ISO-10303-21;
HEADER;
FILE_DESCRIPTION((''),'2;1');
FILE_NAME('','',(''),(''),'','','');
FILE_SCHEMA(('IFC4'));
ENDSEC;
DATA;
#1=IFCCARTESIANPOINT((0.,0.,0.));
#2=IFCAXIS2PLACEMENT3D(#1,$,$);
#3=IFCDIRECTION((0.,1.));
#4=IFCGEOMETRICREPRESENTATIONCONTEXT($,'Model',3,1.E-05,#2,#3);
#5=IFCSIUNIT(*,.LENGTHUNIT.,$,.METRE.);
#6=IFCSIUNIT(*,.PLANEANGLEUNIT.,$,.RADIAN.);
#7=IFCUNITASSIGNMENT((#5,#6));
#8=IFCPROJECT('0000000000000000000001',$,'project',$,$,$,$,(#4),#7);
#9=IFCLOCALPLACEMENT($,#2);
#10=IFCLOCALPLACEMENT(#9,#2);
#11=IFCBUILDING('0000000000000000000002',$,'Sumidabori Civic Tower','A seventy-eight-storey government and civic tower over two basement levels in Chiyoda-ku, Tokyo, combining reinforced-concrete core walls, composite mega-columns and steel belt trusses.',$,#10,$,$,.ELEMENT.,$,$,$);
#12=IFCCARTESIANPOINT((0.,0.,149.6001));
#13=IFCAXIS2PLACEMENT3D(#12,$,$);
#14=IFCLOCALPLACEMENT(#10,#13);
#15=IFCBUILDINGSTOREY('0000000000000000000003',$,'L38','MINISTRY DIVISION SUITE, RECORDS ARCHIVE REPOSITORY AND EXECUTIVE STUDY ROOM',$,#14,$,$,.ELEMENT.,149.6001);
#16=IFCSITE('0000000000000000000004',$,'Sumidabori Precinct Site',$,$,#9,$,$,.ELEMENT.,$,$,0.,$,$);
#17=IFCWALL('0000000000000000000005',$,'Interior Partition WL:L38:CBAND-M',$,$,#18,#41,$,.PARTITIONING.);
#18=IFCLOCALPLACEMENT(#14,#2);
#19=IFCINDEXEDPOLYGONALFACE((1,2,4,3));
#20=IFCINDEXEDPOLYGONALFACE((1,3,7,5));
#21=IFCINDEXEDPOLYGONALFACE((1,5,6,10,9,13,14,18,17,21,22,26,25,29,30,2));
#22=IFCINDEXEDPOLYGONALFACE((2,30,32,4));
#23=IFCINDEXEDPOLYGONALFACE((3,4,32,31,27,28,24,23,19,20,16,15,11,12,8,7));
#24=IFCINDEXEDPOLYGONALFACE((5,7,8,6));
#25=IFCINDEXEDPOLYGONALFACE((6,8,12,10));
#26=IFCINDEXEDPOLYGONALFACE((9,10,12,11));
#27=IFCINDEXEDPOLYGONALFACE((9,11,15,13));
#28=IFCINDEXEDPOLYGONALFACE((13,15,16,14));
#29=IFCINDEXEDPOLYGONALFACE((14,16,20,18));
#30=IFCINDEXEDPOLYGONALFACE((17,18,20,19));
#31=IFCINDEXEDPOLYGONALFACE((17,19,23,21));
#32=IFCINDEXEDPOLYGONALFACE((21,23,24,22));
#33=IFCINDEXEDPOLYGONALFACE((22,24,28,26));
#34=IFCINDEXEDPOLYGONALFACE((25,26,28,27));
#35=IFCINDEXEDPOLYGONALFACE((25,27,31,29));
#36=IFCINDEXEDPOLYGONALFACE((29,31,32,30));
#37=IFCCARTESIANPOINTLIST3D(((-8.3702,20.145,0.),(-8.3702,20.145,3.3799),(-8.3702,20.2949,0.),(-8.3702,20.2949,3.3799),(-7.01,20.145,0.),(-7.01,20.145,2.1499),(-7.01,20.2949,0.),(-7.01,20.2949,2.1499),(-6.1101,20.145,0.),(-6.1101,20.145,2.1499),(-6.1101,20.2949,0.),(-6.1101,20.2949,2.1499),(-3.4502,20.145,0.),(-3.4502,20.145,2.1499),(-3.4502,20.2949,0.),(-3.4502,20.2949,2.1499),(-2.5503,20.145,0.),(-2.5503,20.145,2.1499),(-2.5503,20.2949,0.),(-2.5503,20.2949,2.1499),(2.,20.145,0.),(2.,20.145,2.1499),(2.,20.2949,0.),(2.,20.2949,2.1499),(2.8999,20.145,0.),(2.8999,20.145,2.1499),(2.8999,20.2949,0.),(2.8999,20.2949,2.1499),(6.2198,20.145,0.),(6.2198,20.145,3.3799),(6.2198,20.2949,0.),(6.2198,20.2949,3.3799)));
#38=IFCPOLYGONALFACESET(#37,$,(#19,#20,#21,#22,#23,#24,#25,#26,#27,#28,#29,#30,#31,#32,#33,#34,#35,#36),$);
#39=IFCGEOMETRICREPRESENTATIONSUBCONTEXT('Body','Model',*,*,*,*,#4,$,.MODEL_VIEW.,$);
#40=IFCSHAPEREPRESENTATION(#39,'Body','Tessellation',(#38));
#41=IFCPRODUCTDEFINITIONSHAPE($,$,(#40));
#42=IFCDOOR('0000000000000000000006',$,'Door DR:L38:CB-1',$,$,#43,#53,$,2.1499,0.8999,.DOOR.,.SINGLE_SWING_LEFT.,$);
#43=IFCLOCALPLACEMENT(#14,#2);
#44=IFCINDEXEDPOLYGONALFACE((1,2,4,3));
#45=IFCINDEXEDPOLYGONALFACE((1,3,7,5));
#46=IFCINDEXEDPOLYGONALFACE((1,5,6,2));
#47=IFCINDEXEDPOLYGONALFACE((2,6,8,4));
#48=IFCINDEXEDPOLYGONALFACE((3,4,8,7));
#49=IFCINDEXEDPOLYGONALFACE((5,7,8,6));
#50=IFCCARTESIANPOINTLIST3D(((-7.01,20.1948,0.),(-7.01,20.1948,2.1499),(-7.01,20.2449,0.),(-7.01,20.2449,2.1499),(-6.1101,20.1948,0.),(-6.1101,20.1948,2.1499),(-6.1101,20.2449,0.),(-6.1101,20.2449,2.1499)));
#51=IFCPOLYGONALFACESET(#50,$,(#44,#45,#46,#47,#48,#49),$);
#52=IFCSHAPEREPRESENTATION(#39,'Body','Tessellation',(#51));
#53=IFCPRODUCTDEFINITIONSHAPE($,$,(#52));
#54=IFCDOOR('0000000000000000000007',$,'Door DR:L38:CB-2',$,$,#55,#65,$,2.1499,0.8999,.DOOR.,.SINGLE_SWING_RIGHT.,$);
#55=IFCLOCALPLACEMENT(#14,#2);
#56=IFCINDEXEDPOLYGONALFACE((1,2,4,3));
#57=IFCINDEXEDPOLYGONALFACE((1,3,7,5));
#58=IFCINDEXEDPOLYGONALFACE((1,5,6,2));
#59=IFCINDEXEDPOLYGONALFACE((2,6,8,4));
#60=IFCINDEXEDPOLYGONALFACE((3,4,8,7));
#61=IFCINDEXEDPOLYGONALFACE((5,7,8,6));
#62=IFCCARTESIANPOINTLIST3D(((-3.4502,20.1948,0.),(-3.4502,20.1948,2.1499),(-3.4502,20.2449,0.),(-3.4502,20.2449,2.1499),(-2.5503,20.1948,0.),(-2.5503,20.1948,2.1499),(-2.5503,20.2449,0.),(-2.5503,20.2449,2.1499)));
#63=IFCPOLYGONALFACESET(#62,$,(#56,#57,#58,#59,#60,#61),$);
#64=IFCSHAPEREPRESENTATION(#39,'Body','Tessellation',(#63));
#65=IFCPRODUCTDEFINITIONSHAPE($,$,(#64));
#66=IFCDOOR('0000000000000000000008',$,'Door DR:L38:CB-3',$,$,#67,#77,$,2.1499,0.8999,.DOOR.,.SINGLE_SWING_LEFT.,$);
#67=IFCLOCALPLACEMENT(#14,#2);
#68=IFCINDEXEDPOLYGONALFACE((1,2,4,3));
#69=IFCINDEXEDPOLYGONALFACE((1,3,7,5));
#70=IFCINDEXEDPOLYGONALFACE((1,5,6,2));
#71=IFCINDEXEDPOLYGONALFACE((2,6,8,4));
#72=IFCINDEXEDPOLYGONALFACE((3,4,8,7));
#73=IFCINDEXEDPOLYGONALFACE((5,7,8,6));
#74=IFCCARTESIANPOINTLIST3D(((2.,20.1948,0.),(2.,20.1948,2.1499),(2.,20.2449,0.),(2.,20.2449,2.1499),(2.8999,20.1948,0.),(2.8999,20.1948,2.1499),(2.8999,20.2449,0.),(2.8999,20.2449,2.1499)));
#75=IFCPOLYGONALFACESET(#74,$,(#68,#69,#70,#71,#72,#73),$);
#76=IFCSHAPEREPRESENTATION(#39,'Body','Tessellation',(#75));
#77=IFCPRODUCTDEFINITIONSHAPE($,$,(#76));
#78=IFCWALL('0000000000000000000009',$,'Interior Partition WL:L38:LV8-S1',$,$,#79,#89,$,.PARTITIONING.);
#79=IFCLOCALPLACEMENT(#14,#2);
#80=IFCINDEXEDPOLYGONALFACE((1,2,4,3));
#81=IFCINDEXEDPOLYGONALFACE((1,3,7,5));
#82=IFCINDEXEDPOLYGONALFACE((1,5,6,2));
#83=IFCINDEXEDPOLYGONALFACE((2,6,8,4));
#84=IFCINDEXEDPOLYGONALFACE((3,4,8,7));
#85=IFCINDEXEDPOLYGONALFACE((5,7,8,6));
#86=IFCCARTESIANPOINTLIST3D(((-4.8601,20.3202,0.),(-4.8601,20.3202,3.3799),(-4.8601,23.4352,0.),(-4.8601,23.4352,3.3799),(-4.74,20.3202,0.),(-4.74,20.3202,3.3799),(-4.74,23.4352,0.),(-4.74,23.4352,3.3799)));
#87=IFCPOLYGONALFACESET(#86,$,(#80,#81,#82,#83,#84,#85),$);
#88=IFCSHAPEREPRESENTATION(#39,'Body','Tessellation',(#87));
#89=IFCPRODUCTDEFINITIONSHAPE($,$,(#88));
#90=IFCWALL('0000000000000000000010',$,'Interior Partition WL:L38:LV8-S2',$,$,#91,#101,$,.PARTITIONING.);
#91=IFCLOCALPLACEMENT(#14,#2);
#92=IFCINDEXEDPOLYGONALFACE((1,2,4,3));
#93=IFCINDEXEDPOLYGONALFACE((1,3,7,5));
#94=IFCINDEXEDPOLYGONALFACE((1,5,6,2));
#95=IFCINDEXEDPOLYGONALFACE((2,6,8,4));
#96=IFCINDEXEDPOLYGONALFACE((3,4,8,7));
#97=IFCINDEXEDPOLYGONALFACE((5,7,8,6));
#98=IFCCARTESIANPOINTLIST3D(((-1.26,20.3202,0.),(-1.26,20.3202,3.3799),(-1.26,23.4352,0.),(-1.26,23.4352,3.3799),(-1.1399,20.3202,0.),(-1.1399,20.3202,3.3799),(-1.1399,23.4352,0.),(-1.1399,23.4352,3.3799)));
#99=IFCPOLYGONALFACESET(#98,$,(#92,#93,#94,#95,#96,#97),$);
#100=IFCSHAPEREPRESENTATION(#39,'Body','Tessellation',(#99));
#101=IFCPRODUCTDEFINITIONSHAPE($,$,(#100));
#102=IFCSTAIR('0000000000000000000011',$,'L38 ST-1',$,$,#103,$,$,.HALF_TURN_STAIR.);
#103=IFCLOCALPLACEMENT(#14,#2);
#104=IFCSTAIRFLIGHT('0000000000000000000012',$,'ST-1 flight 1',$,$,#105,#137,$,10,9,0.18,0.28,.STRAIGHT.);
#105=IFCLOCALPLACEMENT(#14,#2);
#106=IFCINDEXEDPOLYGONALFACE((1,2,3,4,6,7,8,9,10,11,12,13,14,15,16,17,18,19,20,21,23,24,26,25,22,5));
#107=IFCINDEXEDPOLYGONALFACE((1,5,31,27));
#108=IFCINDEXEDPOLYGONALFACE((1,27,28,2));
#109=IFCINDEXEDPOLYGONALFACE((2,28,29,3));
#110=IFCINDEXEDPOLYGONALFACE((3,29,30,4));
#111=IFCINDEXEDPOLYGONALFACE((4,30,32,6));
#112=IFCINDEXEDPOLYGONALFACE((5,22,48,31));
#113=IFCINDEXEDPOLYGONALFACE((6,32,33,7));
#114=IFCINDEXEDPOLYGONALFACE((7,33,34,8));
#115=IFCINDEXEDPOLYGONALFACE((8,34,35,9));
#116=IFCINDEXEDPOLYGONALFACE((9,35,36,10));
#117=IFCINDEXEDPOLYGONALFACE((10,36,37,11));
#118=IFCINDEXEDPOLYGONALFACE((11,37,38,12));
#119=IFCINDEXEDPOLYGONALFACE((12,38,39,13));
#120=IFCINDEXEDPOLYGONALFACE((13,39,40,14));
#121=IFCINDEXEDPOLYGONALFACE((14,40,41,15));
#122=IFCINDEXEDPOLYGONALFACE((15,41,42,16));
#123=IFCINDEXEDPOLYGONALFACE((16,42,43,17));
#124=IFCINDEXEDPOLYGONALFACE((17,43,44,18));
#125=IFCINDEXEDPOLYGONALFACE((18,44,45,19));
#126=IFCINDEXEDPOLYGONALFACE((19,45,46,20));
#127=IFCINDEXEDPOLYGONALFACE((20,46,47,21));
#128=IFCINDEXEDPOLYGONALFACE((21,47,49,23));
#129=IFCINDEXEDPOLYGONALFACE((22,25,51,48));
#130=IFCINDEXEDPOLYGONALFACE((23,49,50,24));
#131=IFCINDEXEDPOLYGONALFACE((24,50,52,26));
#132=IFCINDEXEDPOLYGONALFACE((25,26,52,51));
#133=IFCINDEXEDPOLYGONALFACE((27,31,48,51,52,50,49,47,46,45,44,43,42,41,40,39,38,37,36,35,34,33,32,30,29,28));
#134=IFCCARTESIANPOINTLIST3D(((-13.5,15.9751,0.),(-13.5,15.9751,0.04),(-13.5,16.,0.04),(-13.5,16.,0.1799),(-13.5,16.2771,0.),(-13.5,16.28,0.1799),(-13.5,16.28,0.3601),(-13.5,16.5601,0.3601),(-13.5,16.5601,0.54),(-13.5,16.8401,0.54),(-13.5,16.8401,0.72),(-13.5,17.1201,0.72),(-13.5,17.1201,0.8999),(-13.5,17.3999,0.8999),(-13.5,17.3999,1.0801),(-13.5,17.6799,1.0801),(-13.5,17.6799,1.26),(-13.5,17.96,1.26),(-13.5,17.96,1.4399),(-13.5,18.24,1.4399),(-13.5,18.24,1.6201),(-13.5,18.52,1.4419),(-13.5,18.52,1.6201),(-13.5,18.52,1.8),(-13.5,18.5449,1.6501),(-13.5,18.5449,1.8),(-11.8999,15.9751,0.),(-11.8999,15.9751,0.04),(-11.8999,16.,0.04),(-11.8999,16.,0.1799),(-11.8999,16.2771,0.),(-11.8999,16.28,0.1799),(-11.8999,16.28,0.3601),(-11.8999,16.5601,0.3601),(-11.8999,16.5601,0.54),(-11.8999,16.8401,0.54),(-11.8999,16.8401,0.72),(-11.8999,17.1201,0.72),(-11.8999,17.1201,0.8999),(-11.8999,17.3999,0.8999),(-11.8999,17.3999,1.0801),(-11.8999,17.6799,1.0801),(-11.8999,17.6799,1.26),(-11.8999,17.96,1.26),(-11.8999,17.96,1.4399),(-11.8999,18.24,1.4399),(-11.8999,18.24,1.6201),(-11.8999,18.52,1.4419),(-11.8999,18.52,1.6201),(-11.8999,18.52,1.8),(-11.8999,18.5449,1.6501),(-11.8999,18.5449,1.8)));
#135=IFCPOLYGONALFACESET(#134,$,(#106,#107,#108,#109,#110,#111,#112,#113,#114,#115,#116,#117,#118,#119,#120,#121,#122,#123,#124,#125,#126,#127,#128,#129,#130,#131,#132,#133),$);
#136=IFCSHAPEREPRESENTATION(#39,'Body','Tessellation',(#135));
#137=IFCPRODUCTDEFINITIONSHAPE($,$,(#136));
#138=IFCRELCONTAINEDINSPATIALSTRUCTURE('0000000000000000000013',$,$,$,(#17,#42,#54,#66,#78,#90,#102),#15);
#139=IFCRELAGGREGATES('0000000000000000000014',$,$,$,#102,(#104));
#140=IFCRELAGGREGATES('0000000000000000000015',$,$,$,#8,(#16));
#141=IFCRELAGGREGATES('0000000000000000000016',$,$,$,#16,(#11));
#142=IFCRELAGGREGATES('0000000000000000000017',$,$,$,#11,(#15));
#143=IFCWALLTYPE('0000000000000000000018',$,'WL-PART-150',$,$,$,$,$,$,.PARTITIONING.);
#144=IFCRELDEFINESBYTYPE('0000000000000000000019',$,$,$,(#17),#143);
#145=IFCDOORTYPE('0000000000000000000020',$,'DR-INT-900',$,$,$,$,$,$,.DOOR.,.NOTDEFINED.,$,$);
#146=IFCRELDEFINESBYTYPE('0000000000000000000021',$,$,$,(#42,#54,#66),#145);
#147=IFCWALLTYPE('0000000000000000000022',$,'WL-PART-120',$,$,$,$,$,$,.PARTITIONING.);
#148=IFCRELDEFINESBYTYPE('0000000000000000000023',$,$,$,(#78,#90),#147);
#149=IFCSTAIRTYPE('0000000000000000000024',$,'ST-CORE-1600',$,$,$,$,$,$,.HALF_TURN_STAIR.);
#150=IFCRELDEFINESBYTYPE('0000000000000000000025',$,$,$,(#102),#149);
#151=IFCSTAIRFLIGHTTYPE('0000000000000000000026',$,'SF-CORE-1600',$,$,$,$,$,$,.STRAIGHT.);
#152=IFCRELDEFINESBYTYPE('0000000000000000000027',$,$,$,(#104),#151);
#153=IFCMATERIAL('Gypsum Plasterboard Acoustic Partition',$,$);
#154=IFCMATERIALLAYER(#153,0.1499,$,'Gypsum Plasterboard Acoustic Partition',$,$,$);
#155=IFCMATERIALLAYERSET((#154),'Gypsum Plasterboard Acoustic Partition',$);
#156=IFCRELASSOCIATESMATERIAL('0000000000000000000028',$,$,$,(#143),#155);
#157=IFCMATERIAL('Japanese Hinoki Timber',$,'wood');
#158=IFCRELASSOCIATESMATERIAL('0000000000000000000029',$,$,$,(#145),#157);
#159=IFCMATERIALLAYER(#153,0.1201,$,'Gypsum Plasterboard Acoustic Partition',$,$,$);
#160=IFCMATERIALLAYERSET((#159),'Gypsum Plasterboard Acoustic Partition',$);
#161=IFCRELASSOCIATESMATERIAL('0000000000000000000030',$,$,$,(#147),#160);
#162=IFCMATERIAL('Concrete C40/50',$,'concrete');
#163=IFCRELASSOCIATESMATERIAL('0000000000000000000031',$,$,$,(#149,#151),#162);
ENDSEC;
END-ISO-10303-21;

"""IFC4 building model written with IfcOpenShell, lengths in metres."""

from ifc_helpers import new_model, si_unit, direction, frame, frame_2d, origin, place, context, subcontext, project, spatial, polyline, rectangle, outline, extrude, source, transform, mapped, material, layer, layer_set, type_object, element, fill, aggregate, save


model = new_model("IFC4")

# Units and contexts
model_context = context("Model", 3, precision=1e-05, world=origin(), true_north=direction((0.0, 1.0)))
body_context = subcontext(model_context, "Body", "Model", "MODEL_VIEW")
ifc_project = project(units=[si_unit("LENGTHUNIT", "METRE"), si_unit("PLANEANGLEUNIT", "RADIAN")], contexts=[model_context])

# Site, building, storey
site_placement = place(None, origin())
site = spatial("IfcSite", under=ifc_project, at=site_placement, Name="Sumidabori Precinct Site", CompositionType="ELEMENT", RefElevation=0.0)
building_placement = place(site_placement, origin())
building = spatial("IfcBuilding", under=site, at=building_placement, Name="Sumidabori Civic Tower", Description="A seventy-eight-storey government and civic tower over two basement levels in Chiyoda-ku, Tokyo, combining reinforced-concrete core walls, composite mega-columns and steel belt trusses.", CompositionType="ELEMENT")
storey_placement = place(building_placement, frame((0.0, 0.0, 149.6001)))
storey = spatial("IfcBuildingStorey", under=building, at=storey_placement, Name="L38", Description="MINISTRY DIVISION SUITE, RECORDS ARCHIVE REPOSITORY AND EXECUTIVE STUDY ROOM", CompositionType="ELEMENT", Elevation=149.6001)

# Shared definitions
ifc_material_1 = material(Name="Gypsum Plasterboard Acoustic Partition")
ifc_layer_1 = layer(ifc_material_1, 0.1499, Name="Gypsum Plasterboard Acoustic Partition")
ifc_layer_set_1 = layer_set([ifc_layer_1], Name="Gypsum Plasterboard Acoustic Partition")
wall_type_1 = type_object("IfcWallType", Name="WL-PART-150", PredefinedType="PARTITIONING", material=ifc_layer_set_1)

# Wall, openings, doors
shared_shape_1 = source(origin(), body_context, "Body", "SweptSolid", [
    extrude(rectangle(XDim=14.5901, YDim=0.1499, at=frame_2d((7.2949, 0.0))), origin(), (0.0, 0.0, 1.0), 3.3799),
])
wall_1_placement = place(storey_placement, frame((-8.3701, 20.22, 0.0), z_axis=(0.0, 0.0, 1.0), x_axis=(1.0, 0.0, 0.0)))
wall_1 = element("IfcWall", 1, at=wall_1_placement, inside=storey, type_object=wall_type_1, Name="Interior Partition WL:L38:CBAND-M", PredefinedType="PARTITIONING", context=body_context, shape_type="MappedRepresentation", body=[
    mapped(shared_shape_1, transform((0.0, 0.0, 0.0), x_axis=(1.0, 0.0, 0.0), y_axis=(0.0, 1.0, 0.0), z_axis=(0.0, 0.0, 1.0), scale=1.0)),
])
opening_1_placement = place(wall_1_placement, frame((1.3601, 0.0, 0.0)))
opening_1 = element("IfcOpeningElement", 2, at=opening_1_placement, cuts=wall_1, PredefinedType="OPENING", context=body_context, shape_type="SweptSolid", body=[
    extrude(rectangle(XDim=0.8999, YDim=2.1499, at=frame_2d((0.45, 1.075))), frame((0.0, 0.0869, 0.0), z_axis=(0.0, -1.0, 0.0), x_axis=(1.0, 0.0, 0.0)), (0.0, 0.0, 1.0), 0.1738),
])
opening_2_placement = place(wall_1_placement, frame((4.9199, 0.0, 0.0)))
opening_2 = element("IfcOpeningElement", 3, at=opening_2_placement, cuts=wall_1, PredefinedType="OPENING", context=body_context, shape_type="SweptSolid", body=[
    extrude(rectangle(XDim=0.8999, YDim=2.1499, at=frame_2d((0.45, 1.075))), frame((0.0, 0.0869, 0.0), z_axis=(0.0, -1.0, 0.0), x_axis=(1.0, 0.0, 0.0)), (0.0, 0.0, 1.0), 0.1738),
])
opening_3_placement = place(wall_1_placement, frame((10.3701, 0.0, 0.0)))
opening_3 = element("IfcOpeningElement", 4, at=opening_3_placement, cuts=wall_1, PredefinedType="OPENING", context=body_context, shape_type="SweptSolid", body=[
    extrude(rectangle(XDim=0.8999, YDim=2.1499, at=frame_2d((0.45, 1.075))), frame((0.0, 0.0869, 0.0), z_axis=(0.0, -1.0, 0.0), x_axis=(1.0, 0.0, 0.0)), (0.0, 0.0, 1.0), 0.1738),
])
ifc_material_2 = material(Name="Japanese Hinoki Timber", Category="wood")
door_type = type_object("IfcDoorType", Name="DR-INT-900", OperationType="NOTDEFINED", PredefinedType="DOOR", material=ifc_material_2)
shared_shape_2 = source(origin(), body_context, "Body", "SweptSolid", [
    extrude(rectangle(XDim=0.8999, YDim=2.1499, at=frame_2d((0.45, 1.075))), frame((0.0, 0.0249, 0.0), z_axis=(0.0, -1.0, 0.0), x_axis=(1.0, 0.0, 0.0)), (0.0, 0.0, 1.0), 0.05),
])
door_1_placement = place(opening_1_placement, origin())
door_1 = element("IfcDoor", 5, at=door_1_placement, inside=storey, type_object=door_type, Name="Door DR:L38:CB-1", OperationType="SINGLE_SWING_LEFT", OverallHeight=2.1499, OverallWidth=0.8999, PredefinedType="DOOR", context=body_context, shape_type="MappedRepresentation", body=[
    mapped(shared_shape_2, transform((0.0, 0.0, 0.0), x_axis=(1.0, 0.0, 0.0), y_axis=(0.0, 1.0, 0.0), z_axis=(0.0, 0.0, 1.0), scale=1.0)),
])
fill(opening_1, door_1)
door_2_placement = place(opening_2_placement, origin())
door_2 = element("IfcDoor", 6, at=door_2_placement, inside=storey, type_object=door_type, Name="Door DR:L38:CB-2", OperationType="SINGLE_SWING_RIGHT", OverallHeight=2.1499, OverallWidth=0.8999, PredefinedType="DOOR", context=body_context, shape_type="MappedRepresentation", body=[
    mapped(shared_shape_2, transform((0.0, 0.0, 0.0), x_axis=(1.0, 0.0, 0.0), y_axis=(0.0, 1.0, 0.0), z_axis=(0.0, 0.0, 1.0), scale=1.0)),
])
fill(opening_2, door_2)
door_3_placement = place(opening_3_placement, origin())
door_3 = element("IfcDoor", 7, at=door_3_placement, inside=storey, type_object=door_type, Name="Door DR:L38:CB-3", OperationType="SINGLE_SWING_LEFT", OverallHeight=2.1499, OverallWidth=0.8999, PredefinedType="DOOR", context=body_context, shape_type="MappedRepresentation", body=[
    mapped(shared_shape_2, transform((0.0, 0.0, 0.0), x_axis=(1.0, 0.0, 0.0), y_axis=(0.0, 1.0, 0.0), z_axis=(0.0, 0.0, 1.0), scale=1.0)),
])
fill(opening_3, door_3)

# Walls
ifc_layer_2 = layer(ifc_material_1, 0.1201, Name="Gypsum Plasterboard Acoustic Partition")
ifc_layer_set_2 = layer_set([ifc_layer_2], Name="Gypsum Plasterboard Acoustic Partition")
wall_type_2 = type_object("IfcWallType", Name="WL-PART-120", PredefinedType="PARTITIONING", material=ifc_layer_set_2)
shared_shape_3 = source(origin(), body_context, "Body", "SweptSolid", [
    extrude(rectangle(XDim=3.115, YDim=0.1201, at=frame_2d((1.5576, 0.0))), origin(), (0.0, 0.0, 1.0), 3.3799),
])
for number, where, z_axis, x_axis, name in (
    (8, (-4.8, 20.3201, 0.0), (0.0, 0.0, 1.0), (0.0, 1.0, 0.0), "Interior Partition WL:L38:LV8-S1"),
    (9, (-1.2, 20.3201, 0.0), (0.0, 0.0, 1.0), (0.0, 1.0, 0.0), "Interior Partition WL:L38:LV8-S2"),
):
    element("IfcWall", number, at=place(storey_placement, frame(where, z_axis=z_axis, x_axis=x_axis)), inside=storey, type_object=wall_type_2, Name=name, PredefinedType="PARTITIONING", context=body_context, shape_type="MappedRepresentation", body=[
        mapped(shared_shape_3, transform((0.0, 0.0, 0.0), x_axis=(1.0, 0.0, 0.0), y_axis=(0.0, 1.0, 0.0), z_axis=(0.0, 0.0, 1.0), scale=1.0)),
    ])

# Stair, stair flight
ifc_material_3 = material(Name="Concrete C40/50", Category="concrete")
stair_type = type_object("IfcStairType", Name="ST-CORE-1600", PredefinedType="HALF_TURN_STAIR", material=ifc_material_3)
stair_placement = place(storey_placement, origin())
stair = element("IfcStair", 10, at=stair_placement, inside=storey, type_object=stair_type, Name="L38 ST-1", PredefinedType="HALF_TURN_STAIR")
stair_flight_type = type_object("IfcStairFlightType", Name="SF-CORE-1600", PredefinedType="STRAIGHT", material=ifc_material_3)
shared_shape_4 = source(origin(), body_context, "Body", "SweptSolid", [
    extrude(outline(polyline([(-0.0249, 0.0), (-0.0249, 0.04), (0.0, 0.04), (0.0, 0.1799), (0.28, 0.1799), (0.28, 0.3601), (0.5601, 0.3601), (0.5601, 0.54), (0.8401, 0.54), (0.8401, 0.72), (1.1201, 0.72), (1.1201, 0.8999), (1.3999, 0.8999), (1.3999, 1.0801), (1.6799, 1.0801), (1.6799, 1.26), (1.96, 1.26), (1.96, 1.4399), (2.24, 1.4399), (2.24, 1.6201), (2.52, 1.6201), (2.52, 1.8), (2.5449, 1.8), (2.5449, 1.6501), (2.52, 1.4419), (0.2771, 0.0), (-0.0249, 0.0)])), frame((0.0, 0.8, 0.0), z_axis=(0.0, -1.0, 0.0), x_axis=(1.0, 0.0, 0.0)), (0.0, 0.0, 1.0), 1.6001),
])
stair_flight_placement = place(storey_placement, frame((-12.7, 16.0, 0.0), z_axis=(0.0, 0.0, 1.0), x_axis=(0.0, 1.0, 0.0)))
stair_flight = element("IfcStairFlight", 11, at=stair_flight_placement, type_object=stair_flight_type, Name="ST-1 flight 1", NumberOfRisers=10, NumberOfTreads=9, PredefinedType="STRAIGHT", RiserHeight=0.18, TreadLength=0.28, context=body_context, shape_type="MappedRepresentation", body=[
    mapped(shared_shape_4, transform((0.0, 0.0, 0.0), x_axis=(1.0, 0.0, 0.0), y_axis=(0.0, 1.0, 0.0), z_axis=(0.0, 0.0, 1.0), scale=1.0)),
])
aggregate(stair, [stair_flight])

save(model, "model.ifc")
